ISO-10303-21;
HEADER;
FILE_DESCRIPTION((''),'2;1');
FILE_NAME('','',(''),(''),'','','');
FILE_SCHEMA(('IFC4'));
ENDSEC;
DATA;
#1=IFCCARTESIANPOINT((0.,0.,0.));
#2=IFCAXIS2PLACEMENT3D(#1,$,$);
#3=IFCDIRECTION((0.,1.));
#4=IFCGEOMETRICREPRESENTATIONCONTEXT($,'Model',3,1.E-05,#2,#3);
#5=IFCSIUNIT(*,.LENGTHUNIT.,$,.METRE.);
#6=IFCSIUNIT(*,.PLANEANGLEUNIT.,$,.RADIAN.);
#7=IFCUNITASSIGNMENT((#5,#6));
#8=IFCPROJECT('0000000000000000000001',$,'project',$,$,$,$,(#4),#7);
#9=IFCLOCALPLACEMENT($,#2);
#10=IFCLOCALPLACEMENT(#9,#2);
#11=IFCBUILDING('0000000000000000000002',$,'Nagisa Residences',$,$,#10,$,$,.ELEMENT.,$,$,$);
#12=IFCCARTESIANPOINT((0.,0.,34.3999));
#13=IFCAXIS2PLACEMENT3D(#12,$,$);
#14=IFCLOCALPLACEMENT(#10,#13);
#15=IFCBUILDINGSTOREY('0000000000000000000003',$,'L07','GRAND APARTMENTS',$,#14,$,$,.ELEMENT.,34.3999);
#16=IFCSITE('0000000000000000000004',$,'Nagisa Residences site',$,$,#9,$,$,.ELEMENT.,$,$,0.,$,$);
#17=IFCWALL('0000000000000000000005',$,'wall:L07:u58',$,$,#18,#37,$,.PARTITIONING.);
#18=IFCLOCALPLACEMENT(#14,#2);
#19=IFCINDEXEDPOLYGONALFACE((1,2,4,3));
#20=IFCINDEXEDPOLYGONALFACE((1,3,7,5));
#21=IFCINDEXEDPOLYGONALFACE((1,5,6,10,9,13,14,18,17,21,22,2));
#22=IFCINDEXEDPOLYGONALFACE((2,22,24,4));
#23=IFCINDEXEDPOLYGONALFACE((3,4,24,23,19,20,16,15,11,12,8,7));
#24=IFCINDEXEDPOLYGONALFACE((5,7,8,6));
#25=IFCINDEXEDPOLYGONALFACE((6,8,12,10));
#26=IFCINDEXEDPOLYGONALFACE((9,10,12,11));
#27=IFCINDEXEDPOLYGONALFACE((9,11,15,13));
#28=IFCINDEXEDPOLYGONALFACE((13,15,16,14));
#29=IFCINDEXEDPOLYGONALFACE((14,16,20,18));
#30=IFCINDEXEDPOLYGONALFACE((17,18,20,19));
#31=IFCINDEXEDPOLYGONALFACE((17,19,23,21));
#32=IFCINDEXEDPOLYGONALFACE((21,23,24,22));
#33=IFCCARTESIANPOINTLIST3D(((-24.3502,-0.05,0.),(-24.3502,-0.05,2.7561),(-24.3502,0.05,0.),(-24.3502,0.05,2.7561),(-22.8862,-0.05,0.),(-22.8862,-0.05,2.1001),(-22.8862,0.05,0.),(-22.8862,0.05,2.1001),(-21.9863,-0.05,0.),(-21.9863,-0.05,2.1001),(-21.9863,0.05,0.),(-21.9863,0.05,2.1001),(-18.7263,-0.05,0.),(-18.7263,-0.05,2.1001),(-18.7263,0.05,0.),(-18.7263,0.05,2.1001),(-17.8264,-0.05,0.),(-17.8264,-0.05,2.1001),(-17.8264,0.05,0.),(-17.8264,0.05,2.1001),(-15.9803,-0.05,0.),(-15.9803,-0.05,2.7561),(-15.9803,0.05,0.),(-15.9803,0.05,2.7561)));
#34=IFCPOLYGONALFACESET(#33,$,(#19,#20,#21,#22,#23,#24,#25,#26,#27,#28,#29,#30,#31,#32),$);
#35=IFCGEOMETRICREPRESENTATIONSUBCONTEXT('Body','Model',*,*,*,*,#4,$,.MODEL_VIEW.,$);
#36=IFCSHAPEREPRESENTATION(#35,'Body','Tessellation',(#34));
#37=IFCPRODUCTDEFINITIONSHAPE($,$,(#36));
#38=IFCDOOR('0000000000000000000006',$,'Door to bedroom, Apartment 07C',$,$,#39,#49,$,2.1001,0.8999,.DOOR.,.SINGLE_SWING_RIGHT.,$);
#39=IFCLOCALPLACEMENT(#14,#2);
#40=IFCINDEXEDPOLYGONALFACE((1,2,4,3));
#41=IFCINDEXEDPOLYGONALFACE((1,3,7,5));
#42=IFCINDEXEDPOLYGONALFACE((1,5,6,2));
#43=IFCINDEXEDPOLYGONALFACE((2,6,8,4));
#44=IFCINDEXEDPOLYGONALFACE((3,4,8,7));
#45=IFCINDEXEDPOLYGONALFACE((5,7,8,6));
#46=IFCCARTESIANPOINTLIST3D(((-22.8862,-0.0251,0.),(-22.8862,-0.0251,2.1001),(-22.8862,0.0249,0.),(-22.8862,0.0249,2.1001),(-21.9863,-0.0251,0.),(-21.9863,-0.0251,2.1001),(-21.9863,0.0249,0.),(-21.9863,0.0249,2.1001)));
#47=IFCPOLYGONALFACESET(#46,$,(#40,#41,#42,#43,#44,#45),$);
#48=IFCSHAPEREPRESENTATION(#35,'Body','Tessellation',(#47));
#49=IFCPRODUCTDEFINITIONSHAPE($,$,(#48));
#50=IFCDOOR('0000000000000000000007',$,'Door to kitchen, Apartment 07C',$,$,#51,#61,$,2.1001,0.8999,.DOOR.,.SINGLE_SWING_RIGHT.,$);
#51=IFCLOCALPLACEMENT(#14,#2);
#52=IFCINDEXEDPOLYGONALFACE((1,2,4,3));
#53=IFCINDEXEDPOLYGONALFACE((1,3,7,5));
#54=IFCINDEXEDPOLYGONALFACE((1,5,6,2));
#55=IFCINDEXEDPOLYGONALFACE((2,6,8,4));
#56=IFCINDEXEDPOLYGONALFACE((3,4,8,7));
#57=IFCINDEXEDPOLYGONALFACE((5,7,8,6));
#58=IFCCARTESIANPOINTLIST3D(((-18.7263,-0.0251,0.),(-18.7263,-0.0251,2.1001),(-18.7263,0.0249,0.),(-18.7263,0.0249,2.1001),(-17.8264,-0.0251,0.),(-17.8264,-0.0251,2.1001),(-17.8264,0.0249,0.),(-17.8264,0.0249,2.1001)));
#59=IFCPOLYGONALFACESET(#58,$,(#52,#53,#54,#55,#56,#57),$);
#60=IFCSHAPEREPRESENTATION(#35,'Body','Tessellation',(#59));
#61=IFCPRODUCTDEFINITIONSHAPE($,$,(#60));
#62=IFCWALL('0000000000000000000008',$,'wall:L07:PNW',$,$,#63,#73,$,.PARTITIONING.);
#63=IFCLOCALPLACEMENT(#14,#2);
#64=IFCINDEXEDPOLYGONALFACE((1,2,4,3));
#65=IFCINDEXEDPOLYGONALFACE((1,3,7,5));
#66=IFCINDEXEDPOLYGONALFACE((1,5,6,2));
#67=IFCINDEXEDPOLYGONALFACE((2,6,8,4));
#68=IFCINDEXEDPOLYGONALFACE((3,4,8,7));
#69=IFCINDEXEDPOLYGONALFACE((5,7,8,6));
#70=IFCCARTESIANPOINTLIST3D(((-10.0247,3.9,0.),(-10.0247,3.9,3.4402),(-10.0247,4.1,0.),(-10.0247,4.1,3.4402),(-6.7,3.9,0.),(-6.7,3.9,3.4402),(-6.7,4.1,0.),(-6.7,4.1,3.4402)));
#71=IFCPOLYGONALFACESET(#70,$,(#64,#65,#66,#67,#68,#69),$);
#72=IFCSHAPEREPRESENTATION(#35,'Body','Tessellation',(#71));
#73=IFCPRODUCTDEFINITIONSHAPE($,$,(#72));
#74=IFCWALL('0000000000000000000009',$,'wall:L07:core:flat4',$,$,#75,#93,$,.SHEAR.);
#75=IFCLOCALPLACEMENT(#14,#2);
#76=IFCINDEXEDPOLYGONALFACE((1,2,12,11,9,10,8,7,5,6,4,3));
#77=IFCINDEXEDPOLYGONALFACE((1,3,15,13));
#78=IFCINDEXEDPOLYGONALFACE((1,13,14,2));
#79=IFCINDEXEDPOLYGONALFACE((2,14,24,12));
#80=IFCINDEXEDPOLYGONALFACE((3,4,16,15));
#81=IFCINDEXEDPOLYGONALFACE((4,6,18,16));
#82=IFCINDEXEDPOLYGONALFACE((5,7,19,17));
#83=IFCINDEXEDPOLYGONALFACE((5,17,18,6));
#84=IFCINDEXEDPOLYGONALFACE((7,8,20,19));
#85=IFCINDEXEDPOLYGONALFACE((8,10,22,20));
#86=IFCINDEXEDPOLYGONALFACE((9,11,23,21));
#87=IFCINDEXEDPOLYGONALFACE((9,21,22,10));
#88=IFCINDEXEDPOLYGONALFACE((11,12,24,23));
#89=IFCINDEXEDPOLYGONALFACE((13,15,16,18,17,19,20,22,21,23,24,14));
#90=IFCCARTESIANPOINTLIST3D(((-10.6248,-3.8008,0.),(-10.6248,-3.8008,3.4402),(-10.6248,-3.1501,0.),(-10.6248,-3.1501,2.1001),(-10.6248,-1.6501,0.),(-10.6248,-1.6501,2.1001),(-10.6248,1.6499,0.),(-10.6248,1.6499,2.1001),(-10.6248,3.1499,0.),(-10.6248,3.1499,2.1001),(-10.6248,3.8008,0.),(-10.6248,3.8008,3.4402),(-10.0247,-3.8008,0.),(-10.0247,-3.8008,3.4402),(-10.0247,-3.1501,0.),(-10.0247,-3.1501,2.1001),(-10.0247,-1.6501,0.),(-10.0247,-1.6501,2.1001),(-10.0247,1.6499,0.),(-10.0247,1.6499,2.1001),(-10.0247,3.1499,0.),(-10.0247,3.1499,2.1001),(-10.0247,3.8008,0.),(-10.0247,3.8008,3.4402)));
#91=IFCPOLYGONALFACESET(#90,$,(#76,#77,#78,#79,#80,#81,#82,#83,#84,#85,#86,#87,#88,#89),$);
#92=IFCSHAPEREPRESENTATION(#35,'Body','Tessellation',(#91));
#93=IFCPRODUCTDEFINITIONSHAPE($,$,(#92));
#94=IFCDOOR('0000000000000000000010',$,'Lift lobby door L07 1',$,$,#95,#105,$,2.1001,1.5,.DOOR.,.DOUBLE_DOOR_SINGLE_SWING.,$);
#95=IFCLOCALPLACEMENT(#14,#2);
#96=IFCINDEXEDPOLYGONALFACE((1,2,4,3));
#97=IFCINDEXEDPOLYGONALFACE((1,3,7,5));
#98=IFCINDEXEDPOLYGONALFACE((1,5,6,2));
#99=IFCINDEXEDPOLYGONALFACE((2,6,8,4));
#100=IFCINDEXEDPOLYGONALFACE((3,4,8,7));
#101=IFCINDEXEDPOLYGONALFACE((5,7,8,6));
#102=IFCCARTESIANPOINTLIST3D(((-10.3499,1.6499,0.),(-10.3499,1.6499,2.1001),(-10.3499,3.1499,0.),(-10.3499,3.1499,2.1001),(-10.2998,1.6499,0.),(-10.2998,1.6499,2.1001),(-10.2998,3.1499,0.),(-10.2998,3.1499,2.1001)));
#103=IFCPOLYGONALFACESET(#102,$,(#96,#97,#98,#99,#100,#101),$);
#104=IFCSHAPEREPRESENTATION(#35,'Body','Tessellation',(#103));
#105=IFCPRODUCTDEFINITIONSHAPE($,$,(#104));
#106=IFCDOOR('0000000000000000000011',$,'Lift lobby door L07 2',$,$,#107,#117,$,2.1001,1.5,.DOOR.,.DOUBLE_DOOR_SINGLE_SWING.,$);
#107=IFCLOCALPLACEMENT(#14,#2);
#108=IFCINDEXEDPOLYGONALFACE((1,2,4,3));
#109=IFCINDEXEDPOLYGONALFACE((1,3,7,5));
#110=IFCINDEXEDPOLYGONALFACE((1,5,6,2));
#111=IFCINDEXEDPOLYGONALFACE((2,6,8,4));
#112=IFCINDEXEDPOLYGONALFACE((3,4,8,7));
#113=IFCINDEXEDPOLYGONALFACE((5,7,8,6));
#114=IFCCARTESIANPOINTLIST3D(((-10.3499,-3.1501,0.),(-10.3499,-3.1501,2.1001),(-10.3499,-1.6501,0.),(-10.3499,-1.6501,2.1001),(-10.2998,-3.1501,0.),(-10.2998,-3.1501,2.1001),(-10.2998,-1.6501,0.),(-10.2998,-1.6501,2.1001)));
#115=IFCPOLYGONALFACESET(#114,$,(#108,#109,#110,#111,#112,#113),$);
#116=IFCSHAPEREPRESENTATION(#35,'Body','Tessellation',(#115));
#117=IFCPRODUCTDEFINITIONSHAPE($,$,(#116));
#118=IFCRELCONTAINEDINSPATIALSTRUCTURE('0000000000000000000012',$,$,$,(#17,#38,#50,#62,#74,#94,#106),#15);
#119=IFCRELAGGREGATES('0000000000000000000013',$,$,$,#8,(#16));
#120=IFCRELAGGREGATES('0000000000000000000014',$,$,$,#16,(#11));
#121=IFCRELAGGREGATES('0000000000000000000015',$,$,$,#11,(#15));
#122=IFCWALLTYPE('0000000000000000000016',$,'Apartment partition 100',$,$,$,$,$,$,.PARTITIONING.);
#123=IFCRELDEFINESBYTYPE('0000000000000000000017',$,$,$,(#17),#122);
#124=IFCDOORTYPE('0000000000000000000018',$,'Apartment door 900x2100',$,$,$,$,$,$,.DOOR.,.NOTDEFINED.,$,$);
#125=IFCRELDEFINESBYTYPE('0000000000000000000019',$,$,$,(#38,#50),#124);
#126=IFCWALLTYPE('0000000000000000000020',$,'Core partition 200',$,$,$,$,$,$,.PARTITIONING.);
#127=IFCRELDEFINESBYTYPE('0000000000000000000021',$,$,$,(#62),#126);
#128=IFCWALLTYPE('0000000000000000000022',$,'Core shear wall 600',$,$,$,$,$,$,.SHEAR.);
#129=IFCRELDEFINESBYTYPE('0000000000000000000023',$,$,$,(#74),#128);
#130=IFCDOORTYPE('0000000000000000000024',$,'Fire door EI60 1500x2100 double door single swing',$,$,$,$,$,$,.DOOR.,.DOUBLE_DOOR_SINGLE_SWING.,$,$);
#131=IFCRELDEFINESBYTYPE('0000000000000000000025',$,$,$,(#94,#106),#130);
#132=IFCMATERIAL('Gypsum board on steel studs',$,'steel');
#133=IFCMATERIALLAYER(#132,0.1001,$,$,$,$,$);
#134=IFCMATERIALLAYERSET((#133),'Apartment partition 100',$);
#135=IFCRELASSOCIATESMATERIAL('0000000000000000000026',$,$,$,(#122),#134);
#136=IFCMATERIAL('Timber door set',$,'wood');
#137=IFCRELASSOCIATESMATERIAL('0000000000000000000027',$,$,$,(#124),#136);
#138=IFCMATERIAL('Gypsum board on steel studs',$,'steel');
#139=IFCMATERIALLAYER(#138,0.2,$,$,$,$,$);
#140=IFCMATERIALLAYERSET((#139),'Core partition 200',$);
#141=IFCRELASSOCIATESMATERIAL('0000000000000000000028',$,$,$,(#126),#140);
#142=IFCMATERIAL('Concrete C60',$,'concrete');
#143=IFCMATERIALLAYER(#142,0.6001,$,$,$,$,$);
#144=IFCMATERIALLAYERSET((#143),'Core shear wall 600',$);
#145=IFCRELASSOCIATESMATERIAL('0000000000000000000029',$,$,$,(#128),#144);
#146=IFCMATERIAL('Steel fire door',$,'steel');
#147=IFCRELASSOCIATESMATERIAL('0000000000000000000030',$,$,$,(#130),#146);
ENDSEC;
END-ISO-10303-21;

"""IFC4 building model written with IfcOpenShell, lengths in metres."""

from ifc_helpers import new_model, si_unit, direction, frame, frame_2d, origin, place, context, subcontext, project, spatial, rectangle, extrude, material, layer, layer_set, type_object, element, fill, save


model = new_model("IFC4")

# Units and contexts
model_context = context("Model", 3, precision=1e-05, world=origin(), true_north=direction((0.0, 1.0)))
body_context = subcontext(model_context, "Body", "Model", "MODEL_VIEW")
ifc_project = project(units=[si_unit("LENGTHUNIT", "METRE"), si_unit("PLANEANGLEUNIT", "RADIAN")], contexts=[model_context])

# Site, building, storey
site_placement = place(None, origin())
site = spatial("IfcSite", under=ifc_project, at=site_placement, Name="Nagisa Residences site", CompositionType="ELEMENT", RefElevation=0.0)
building_placement = place(site_placement, origin())
building = spatial("IfcBuilding", under=site, at=building_placement, Name="Nagisa Residences", CompositionType="ELEMENT")
storey_placement = place(building_placement, frame((0.0, 0.0, 34.3999)))
storey = spatial("IfcBuildingStorey", under=building, at=storey_placement, Name="L07", Description="GRAND APARTMENTS", CompositionType="ELEMENT", Elevation=34.3999)

# Shared definitions
ifc_material_1 = material(Name="Gypsum board on steel studs", Category="steel")
ifc_layer_1 = layer(ifc_material_1, 0.1001)
ifc_layer_set_1 = layer_set([ifc_layer_1], Name="Apartment partition 100")
wall_type_1 = type_object("IfcWallType", Name="Apartment partition 100", PredefinedType="PARTITIONING", material=ifc_layer_set_1)
ifc_material_2 = material(Name="Timber door set", Category="wood")
door_type_1 = type_object("IfcDoorType", Name="Apartment door 900x2100", OperationType="NOTDEFINED", PredefinedType="DOOR", material=ifc_material_2)

# Wall, openings, doors
wall_1_placement = place(storey_placement, frame((-15.9802, 0.0, 0.0), z_axis=(0.0, 0.0, 1.0), x_axis=(-1.0, 0.0, 0.0)))
wall_1 = element("IfcWall", 1, at=wall_1_placement, inside=storey, type_object=wall_type_1, Name="wall:L07:u58", PredefinedType="PARTITIONING", context=body_context, shape_type="SweptSolid", body=[
    extrude(rectangle(XDim=8.3699, YDim=0.1001, at=frame_2d((4.1851, 0.0))), origin(), (0.0, 0.0, 1.0), 2.7561),
])
opening_1_placement = place(wall_1_placement, frame((6.0061, 0.0, 0.0)))
opening_1 = element("IfcOpeningElement", 2, at=opening_1_placement, cuts=wall_1, PredefinedType="OPENING", context=body_context, shape_type="SweptSolid", body=[
    extrude(rectangle(XDim=0.8999, YDim=2.1001, at=frame_2d((0.45, 1.05))), frame((0.0, 0.0601, 0.0), z_axis=(0.0, -1.0, 0.0), x_axis=(1.0, 0.0, 0.0)), (0.0, 0.0, 1.0), 0.1201),
])
opening_2_placement = place(wall_1_placement, frame((1.8462, 0.0, 0.0)))
opening_2 = element("IfcOpeningElement", 3, at=opening_2_placement, cuts=wall_1, PredefinedType="OPENING", context=body_context, shape_type="SweptSolid", body=[
    extrude(rectangle(XDim=0.8999, YDim=2.1001, at=frame_2d((0.45, 1.05))), frame((0.0, 0.0601, 0.0), z_axis=(0.0, -1.0, 0.0), x_axis=(1.0, 0.0, 0.0)), (0.0, 0.0, 1.0), 0.1201),
])
door_1_placement = place(opening_1_placement, frame((0.8999, 0.0, 0.0), x_axis=(-1.0, 0.0, 0.0)))
door_1 = element("IfcDoor", 4, at=door_1_placement, inside=storey, type_object=door_type_1, Name="Door to bedroom, Apartment 07C", OperationType="SINGLE_SWING_RIGHT", OverallHeight=2.1001, OverallWidth=0.8999, PredefinedType="DOOR", context=body_context, shape_type="SweptSolid", body=[
    extrude(rectangle(XDim=0.8999, YDim=2.1001, at=frame_2d((0.45, 1.05))), frame((0.0, 0.0249, 0.0), z_axis=(0.0, -1.0, 0.0), x_axis=(1.0, 0.0, 0.0)), (0.0, 0.0, 1.0), 0.05),
])
fill(opening_1, door_1)
door_2_placement = place(opening_2_placement, frame((0.8999, 0.0, 0.0), x_axis=(-1.0, 0.0, 0.0)))
door_2 = element("IfcDoor", 5, at=door_2_placement, inside=storey, type_object=door_type_1, Name="Door to kitchen, Apartment 07C", OperationType="SINGLE_SWING_RIGHT", OverallHeight=2.1001, OverallWidth=0.8999, PredefinedType="DOOR", context=body_context, shape_type="SweptSolid", body=[
    extrude(rectangle(XDim=0.8999, YDim=2.1001, at=frame_2d((0.45, 1.05))), frame((0.0, 0.0249, 0.0), z_axis=(0.0, -1.0, 0.0), x_axis=(1.0, 0.0, 0.0)), (0.0, 0.0, 1.0), 0.05),
])
fill(opening_2, door_2)

# Wall
ifc_material_3 = material(Name="Gypsum board on steel studs", Category="steel")
ifc_layer_2 = layer(ifc_material_3, 0.2)
ifc_layer_set_2 = layer_set([ifc_layer_2], Name="Core partition 200")
wall_type_2 = type_object("IfcWallType", Name="Core partition 200", PredefinedType="PARTITIONING", material=ifc_layer_set_2)
wall_2_placement = place(storey_placement, frame((-10.0247, 4.0, 0.0), z_axis=(0.0, 0.0, 1.0), x_axis=(1.0, 0.0, 0.0)))
element("IfcWall", 6, at=wall_2_placement, inside=storey, type_object=wall_type_2, Name="wall:L07:PNW", PredefinedType="PARTITIONING", context=body_context, shape_type="SweptSolid", body=[
    extrude(rectangle(XDim=3.3247, YDim=0.2, at=frame_2d((1.6624, 0.0))), origin(), (0.0, 0.0, 1.0), 3.4402),
])

# Wall, openings, doors
ifc_material_4 = material(Name="Concrete C60", Category="concrete")
ifc_layer_3 = layer(ifc_material_4, 0.6001)
ifc_layer_set_3 = layer_set([ifc_layer_3], Name="Core shear wall 600")
wall_type_3 = type_object("IfcWallType", Name="Core shear wall 600", PredefinedType="SHEAR", material=ifc_layer_set_3)
wall_3_placement = place(storey_placement, frame((-10.3247, 3.8008, 0.0), z_axis=(0.0, 0.0, 1.0), x_axis=(0.0, -1.0, 0.0)))
wall_3 = element("IfcWall", 7, at=wall_3_placement, inside=storey, type_object=wall_type_3, Name="wall:L07:core:flat4", PredefinedType="SHEAR", context=body_context, shape_type="SweptSolid", body=[
    extrude(rectangle(XDim=7.6016, YDim=0.6001, at=frame_2d((3.8008, 0.0))), origin(), (0.0, 0.0, 1.0), 3.4402),
])
opening_3_placement = place(wall_3_placement, frame((0.6509, 0.0, 0.0)))
opening_3 = element("IfcOpeningElement", 8, at=opening_3_placement, cuts=wall_3, PredefinedType="OPENING", context=body_context, shape_type="SweptSolid", body=[
    extrude(rectangle(XDim=1.5, YDim=2.1001, at=frame_2d((0.75, 1.05))), frame((0.0, 0.3101, 0.0), z_axis=(0.0, -1.0, 0.0), x_axis=(1.0, 0.0, 0.0)), (0.0, 0.0, 1.0), 0.6201),
])
opening_4_placement = place(wall_3_placement, frame((5.4509, 0.0, 0.0)))
opening_4 = element("IfcOpeningElement", 9, at=opening_4_placement, cuts=wall_3, PredefinedType="OPENING", context=body_context, shape_type="SweptSolid", body=[
    extrude(rectangle(XDim=1.5, YDim=2.1001, at=frame_2d((0.75, 1.05))), frame((0.0, 0.3101, 0.0), z_axis=(0.0, -1.0, 0.0), x_axis=(1.0, 0.0, 0.0)), (0.0, 0.0, 1.0), 0.6201),
])
ifc_material_5 = material(Name="Steel fire door", Category="steel")
door_type_2 = type_object("IfcDoorType", Name="Fire door EI60 1500x2100 double door single swing", OperationType="DOUBLE_DOOR_SINGLE_SWING", PredefinedType="DOOR", material=ifc_material_5)
door_3_placement = place(opening_3_placement, origin())
door_3 = element("IfcDoor", 10, at=door_3_placement, inside=storey, type_object=door_type_2, Name="Lift lobby door L07 1", OperationType="DOUBLE_DOOR_SINGLE_SWING", OverallHeight=2.1001, OverallWidth=1.5, PredefinedType="DOOR", context=body_context, shape_type="SweptSolid", body=[
    extrude(rectangle(XDim=1.5, YDim=2.1001, at=frame_2d((0.75, 1.05))), frame((0.0, 0.0249, 0.0), z_axis=(0.0, -1.0, 0.0), x_axis=(1.0, 0.0, 0.0)), (0.0, 0.0, 1.0), 0.05),
])
fill(opening_3, door_3)
door_4_placement = place(opening_4_placement, origin())
door_4 = element("IfcDoor", 11, at=door_4_placement, inside=storey, type_object=door_type_2, Name="Lift lobby door L07 2", OperationType="DOUBLE_DOOR_SINGLE_SWING", OverallHeight=2.1001, OverallWidth=1.5, PredefinedType="DOOR", context=body_context, shape_type="SweptSolid", body=[
    extrude(rectangle(XDim=1.5, YDim=2.1001, at=frame_2d((0.75, 1.05))), frame((0.0, 0.0249, 0.0), z_axis=(0.0, -1.0, 0.0), x_axis=(1.0, 0.0, 0.0)), (0.0, 0.0, 1.0), 0.05),
])
fill(opening_4, door_4)

save(model, "model.ifc")
